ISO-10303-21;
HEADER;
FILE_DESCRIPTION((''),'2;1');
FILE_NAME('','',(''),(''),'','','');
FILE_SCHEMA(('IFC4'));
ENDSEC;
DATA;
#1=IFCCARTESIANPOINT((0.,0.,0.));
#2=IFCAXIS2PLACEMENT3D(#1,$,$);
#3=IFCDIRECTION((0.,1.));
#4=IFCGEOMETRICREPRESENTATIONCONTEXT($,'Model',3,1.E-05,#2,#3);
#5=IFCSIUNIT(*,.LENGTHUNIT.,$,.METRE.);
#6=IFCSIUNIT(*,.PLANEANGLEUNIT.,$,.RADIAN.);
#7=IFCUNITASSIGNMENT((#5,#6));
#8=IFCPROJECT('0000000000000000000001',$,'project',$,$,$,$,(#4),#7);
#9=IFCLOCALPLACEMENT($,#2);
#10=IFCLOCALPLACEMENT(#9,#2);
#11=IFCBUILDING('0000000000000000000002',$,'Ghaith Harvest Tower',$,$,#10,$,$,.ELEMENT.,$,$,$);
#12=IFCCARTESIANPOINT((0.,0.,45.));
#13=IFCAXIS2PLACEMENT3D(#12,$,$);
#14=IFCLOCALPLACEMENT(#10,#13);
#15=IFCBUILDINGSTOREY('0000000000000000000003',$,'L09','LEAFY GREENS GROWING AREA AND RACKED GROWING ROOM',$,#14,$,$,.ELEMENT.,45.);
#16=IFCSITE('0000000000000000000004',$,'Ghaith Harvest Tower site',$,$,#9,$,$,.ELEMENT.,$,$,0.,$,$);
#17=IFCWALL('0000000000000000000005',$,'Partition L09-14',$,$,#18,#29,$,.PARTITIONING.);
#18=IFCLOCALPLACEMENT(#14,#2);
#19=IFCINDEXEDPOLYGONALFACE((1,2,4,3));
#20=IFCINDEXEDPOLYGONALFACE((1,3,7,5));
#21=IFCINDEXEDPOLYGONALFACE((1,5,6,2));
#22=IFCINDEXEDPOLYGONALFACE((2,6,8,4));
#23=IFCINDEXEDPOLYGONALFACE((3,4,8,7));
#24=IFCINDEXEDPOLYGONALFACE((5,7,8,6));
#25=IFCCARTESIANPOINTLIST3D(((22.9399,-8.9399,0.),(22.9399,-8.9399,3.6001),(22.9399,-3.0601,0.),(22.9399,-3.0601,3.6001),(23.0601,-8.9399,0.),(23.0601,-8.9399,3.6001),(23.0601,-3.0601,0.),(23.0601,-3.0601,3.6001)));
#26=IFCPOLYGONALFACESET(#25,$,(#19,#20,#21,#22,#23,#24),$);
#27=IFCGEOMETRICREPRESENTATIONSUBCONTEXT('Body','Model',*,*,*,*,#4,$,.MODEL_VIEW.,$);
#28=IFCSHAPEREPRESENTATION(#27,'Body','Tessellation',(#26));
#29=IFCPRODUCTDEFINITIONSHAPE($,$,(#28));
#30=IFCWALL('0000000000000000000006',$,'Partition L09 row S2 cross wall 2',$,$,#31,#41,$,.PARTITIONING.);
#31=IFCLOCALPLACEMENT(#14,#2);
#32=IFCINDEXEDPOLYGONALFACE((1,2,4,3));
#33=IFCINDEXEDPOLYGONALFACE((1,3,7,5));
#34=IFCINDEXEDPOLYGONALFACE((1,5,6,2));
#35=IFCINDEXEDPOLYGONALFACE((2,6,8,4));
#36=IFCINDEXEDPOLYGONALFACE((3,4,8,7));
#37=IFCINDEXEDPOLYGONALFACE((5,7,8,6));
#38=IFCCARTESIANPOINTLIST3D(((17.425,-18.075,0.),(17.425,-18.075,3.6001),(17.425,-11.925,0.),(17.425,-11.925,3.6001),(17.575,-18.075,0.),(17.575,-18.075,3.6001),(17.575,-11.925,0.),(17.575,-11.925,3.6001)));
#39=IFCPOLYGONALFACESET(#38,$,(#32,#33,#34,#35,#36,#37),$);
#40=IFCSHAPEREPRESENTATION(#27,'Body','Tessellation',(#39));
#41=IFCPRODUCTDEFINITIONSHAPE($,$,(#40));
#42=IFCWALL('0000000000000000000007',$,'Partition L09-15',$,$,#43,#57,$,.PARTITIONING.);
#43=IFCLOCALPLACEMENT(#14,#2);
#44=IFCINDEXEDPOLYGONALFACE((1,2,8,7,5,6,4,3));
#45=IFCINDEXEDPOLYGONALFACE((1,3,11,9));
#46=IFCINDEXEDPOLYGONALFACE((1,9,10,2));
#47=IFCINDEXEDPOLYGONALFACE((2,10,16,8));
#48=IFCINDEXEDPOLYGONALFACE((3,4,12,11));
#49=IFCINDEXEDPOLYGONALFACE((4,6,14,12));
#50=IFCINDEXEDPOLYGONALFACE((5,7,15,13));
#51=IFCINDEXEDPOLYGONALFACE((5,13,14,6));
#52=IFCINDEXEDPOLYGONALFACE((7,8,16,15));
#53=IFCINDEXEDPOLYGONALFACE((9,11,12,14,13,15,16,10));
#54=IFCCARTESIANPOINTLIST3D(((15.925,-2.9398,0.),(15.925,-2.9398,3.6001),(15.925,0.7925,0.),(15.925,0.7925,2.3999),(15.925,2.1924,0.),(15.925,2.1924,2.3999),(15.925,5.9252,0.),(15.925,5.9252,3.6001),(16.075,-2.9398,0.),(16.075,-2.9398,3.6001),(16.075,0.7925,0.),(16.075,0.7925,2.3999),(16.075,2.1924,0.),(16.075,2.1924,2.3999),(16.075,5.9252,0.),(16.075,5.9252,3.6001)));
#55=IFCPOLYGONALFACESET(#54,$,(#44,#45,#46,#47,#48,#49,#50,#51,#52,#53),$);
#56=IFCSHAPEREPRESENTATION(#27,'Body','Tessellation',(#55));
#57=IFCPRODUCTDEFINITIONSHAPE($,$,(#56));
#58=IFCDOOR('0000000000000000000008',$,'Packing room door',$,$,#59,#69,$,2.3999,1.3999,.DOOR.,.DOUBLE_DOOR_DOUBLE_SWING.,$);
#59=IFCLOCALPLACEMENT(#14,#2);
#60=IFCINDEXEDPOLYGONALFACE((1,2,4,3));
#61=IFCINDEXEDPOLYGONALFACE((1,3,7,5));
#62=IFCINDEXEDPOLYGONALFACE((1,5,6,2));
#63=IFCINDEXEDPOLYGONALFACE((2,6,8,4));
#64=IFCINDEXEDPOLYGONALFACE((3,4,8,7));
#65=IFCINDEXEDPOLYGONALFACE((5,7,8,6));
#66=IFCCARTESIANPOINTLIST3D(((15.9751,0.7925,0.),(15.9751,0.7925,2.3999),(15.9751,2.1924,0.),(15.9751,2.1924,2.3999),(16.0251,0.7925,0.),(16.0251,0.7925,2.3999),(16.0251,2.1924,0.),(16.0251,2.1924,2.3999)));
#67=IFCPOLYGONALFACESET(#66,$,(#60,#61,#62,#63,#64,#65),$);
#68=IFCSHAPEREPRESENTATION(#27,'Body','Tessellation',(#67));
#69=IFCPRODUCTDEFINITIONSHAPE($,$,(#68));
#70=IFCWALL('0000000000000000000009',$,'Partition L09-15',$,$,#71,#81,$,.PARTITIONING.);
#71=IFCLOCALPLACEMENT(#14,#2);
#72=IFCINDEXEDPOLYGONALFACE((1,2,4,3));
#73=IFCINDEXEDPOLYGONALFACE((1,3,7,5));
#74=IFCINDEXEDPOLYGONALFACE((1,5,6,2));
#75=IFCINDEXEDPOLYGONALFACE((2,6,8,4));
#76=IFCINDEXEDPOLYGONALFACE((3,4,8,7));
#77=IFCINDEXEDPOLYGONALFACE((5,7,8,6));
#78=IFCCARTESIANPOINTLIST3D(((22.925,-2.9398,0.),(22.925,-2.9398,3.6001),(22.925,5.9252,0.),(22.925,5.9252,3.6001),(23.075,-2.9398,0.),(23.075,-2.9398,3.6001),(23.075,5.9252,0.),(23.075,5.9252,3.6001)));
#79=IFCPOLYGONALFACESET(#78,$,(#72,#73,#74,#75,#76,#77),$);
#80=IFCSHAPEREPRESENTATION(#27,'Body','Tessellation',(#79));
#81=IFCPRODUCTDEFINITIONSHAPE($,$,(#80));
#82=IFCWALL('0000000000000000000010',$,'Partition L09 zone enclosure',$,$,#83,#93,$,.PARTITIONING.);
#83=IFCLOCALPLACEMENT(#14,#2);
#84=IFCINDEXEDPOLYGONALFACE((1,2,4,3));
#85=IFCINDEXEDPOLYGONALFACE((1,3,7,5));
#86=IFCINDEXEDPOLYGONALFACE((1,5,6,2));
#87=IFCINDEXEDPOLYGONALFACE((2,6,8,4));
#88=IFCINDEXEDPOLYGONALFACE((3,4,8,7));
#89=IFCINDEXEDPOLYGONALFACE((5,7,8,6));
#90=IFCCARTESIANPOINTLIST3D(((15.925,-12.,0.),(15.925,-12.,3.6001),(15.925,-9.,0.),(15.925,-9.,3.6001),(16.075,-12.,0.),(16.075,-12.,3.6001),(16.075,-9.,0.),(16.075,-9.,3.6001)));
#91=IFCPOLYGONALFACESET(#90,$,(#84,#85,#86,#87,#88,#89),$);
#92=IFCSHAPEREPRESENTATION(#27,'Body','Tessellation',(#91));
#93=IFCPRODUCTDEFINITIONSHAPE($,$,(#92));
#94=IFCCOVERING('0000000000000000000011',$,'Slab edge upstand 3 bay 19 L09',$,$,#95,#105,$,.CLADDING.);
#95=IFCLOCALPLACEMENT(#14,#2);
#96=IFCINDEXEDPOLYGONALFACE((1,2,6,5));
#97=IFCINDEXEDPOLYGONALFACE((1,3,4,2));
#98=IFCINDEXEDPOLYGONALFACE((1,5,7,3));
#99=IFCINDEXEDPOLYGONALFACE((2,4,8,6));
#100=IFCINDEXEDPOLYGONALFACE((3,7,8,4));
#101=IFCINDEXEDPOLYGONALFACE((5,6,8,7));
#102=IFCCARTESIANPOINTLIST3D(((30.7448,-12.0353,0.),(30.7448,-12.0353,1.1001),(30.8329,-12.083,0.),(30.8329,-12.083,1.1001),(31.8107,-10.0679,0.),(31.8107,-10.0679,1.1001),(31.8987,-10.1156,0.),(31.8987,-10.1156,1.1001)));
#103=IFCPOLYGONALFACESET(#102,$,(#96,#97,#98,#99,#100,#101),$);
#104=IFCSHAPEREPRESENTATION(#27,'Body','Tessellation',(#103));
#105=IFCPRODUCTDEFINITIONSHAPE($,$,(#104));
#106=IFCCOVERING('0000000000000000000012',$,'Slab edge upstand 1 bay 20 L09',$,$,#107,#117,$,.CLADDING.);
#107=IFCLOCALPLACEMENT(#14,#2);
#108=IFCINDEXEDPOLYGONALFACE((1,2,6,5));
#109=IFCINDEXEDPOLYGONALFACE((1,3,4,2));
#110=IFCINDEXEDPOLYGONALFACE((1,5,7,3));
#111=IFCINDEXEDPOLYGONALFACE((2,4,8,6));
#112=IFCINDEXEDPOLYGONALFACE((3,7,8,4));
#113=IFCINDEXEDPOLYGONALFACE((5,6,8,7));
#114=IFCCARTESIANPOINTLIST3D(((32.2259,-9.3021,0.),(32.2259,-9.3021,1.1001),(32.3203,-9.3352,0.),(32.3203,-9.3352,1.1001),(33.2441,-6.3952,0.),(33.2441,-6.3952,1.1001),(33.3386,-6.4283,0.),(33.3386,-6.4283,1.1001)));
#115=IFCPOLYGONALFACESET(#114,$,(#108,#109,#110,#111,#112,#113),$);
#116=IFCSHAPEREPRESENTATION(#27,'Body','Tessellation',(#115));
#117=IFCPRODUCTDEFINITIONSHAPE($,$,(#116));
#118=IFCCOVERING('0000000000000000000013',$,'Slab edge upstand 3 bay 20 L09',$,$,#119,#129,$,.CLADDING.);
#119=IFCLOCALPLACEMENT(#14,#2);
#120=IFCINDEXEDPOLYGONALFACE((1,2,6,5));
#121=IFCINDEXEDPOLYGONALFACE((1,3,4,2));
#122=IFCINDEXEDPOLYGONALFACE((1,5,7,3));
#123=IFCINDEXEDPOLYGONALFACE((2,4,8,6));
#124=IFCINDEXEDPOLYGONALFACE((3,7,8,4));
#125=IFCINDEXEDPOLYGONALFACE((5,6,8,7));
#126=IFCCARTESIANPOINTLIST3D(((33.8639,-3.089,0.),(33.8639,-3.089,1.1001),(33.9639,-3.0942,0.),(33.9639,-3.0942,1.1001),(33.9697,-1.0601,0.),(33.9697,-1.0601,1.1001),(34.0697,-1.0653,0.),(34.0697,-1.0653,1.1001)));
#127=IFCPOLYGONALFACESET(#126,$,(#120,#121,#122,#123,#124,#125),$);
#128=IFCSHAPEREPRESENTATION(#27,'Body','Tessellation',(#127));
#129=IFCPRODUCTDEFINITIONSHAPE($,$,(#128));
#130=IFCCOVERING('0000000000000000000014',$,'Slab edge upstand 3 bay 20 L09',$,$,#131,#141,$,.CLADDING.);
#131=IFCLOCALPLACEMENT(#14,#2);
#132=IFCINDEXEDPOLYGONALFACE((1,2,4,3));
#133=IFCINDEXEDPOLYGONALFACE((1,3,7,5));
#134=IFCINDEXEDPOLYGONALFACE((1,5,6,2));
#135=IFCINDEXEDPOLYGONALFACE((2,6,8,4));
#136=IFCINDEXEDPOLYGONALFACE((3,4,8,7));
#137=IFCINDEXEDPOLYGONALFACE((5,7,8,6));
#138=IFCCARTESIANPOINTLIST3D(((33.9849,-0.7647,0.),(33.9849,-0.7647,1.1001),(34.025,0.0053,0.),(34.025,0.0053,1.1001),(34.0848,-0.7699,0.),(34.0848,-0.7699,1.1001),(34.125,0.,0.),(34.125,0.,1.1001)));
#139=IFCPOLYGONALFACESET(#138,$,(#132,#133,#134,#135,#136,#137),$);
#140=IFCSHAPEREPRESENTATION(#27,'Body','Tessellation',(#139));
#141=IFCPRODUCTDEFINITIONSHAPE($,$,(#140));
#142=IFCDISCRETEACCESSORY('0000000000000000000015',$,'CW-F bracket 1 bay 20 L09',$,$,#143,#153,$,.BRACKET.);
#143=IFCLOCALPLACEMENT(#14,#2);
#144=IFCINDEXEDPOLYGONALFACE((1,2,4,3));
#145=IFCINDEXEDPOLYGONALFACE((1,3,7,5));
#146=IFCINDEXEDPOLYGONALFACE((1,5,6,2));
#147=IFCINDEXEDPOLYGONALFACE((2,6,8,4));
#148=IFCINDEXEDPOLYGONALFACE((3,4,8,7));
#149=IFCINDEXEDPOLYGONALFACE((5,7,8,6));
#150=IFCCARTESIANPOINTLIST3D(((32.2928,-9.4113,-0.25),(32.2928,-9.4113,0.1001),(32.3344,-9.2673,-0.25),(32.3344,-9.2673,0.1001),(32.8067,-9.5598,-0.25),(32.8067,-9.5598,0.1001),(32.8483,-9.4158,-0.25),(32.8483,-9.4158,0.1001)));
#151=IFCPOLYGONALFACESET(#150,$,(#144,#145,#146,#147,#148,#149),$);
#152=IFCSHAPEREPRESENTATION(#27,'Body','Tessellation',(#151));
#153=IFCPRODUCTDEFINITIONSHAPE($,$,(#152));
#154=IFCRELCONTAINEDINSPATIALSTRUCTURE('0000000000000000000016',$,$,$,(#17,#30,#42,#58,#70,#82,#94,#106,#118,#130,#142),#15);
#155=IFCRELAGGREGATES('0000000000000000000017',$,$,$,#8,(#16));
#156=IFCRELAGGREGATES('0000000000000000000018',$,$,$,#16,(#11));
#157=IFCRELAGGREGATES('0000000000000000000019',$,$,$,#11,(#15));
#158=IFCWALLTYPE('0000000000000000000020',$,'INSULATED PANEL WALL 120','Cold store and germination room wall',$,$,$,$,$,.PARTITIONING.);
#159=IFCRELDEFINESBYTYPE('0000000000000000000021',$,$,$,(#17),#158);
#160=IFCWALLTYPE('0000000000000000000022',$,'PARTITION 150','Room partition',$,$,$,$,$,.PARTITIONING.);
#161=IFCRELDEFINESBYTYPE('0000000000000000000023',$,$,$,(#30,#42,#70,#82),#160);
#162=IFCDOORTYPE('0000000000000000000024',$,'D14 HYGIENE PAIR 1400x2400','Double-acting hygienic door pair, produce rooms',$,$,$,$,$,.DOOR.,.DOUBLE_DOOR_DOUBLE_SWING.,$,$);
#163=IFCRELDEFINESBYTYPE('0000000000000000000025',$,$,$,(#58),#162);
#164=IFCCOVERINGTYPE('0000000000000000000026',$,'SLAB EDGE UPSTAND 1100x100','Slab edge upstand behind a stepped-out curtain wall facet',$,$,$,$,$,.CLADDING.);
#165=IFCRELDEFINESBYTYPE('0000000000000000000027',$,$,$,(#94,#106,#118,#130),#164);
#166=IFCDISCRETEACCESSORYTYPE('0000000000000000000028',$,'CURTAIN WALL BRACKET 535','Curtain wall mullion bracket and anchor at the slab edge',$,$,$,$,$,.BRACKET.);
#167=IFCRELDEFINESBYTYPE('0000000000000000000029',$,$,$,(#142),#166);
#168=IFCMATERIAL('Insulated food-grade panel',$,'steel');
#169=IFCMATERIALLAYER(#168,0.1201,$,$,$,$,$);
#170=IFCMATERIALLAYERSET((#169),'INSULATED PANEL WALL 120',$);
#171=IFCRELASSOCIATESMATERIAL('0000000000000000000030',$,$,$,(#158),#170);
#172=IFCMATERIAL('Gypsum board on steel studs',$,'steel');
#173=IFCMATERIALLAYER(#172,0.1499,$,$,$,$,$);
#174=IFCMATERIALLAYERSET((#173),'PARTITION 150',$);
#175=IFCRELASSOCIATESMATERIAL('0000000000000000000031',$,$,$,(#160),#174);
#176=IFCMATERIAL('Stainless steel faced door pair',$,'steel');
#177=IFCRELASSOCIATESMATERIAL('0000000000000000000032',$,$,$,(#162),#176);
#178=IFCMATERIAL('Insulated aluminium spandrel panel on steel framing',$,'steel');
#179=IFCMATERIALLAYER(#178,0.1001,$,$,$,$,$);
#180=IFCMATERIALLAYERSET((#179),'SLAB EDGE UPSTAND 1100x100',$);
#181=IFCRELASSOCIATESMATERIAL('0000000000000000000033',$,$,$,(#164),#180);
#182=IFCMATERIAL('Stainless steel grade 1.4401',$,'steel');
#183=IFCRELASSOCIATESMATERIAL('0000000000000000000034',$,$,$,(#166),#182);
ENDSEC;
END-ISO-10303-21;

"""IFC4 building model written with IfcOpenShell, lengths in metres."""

from ifc_helpers import new_model, si_unit, direction, frame, frame_2d, origin, origin_2d, place, context, subcontext, project, spatial, rectangle, extrude, material, layer, layer_set, type_object, element, fill, save


model = new_model("IFC4")

# Units and contexts
model_context = context("Model", 3, precision=1e-05, world=origin(), true_north=direction((0.0, 1.0)))
body_context = subcontext(model_context, "Body", "Model", "MODEL_VIEW")
ifc_project = project(units=[si_unit("LENGTHUNIT", "METRE"), si_unit("PLANEANGLEUNIT", "RADIAN")], contexts=[model_context])

# Site, building, storey
site_placement = place(None, origin())
site = spatial("IfcSite", under=ifc_project, at=site_placement, Name="Ghaith Harvest Tower site", CompositionType="ELEMENT", RefElevation=0.0)
building_placement = place(site_placement, origin())
building = spatial("IfcBuilding", under=site, at=building_placement, Name="Ghaith Harvest Tower", CompositionType="ELEMENT")
storey_placement = place(building_placement, frame((0.0, 0.0, 45.0)))
storey = spatial("IfcBuildingStorey", under=building, at=storey_placement, Name="L09", Description="LEAFY GREENS GROWING AREA AND RACKED GROWING ROOM", CompositionType="ELEMENT", Elevation=45.0)

# Shared definitions
ifc_material_1 = material(Name="Insulated food-grade panel", Category="steel")
ifc_layer_1 = layer(ifc_material_1, 0.1201)
ifc_layer_set_1 = layer_set([ifc_layer_1], Name="INSULATED PANEL WALL 120")
wall_type_1 = type_object("IfcWallType", Name="INSULATED PANEL WALL 120", Description="Cold store and germination room wall", PredefinedType="PARTITIONING", material=ifc_layer_set_1)

# Walls
wall_1_placement = place(storey_placement, frame((23.0, -8.9399, 0.0), z_axis=(0.0, 0.0, 1.0), x_axis=(0.0, 1.0, 0.0)))
element("IfcWall", 1, at=wall_1_placement, inside=storey, type_object=wall_type_1, Name="Partition L09-14", PredefinedType="PARTITIONING", context=body_context, shape_type="SweptSolid", body=[
    extrude(rectangle(XDim=5.8799, YDim=0.1201, at=frame_2d((2.9399, 0.0))), origin(), (0.0, 0.0, 1.0), 3.6001),
])
ifc_material_2 = material(Name="Gypsum board on steel studs", Category="steel")
ifc_layer_2 = layer(ifc_material_2, 0.1499)
ifc_layer_set_2 = layer_set([ifc_layer_2], Name="PARTITION 150")
wall_type_2 = type_object("IfcWallType", Name="PARTITION 150", Description="Room partition", PredefinedType="PARTITIONING", material=ifc_layer_set_2)
wall_2_placement = place(storey_placement, frame((17.5, -11.925, 0.0), z_axis=(0.0, 0.0, 1.0), x_axis=(0.0, -1.0, 0.0)))
element("IfcWall", 2, at=wall_2_placement, inside=storey, type_object=wall_type_2, Name="Partition L09 row S2 cross wall 2", PredefinedType="PARTITIONING", context=body_context, shape_type="SweptSolid", body=[
    extrude(rectangle(XDim=6.1499, YDim=0.1499, at=frame_2d((3.075, 0.0))), origin(), (0.0, 0.0, 1.0), 3.6001),
])

# Wall, opening, door
wall_3_placement = place(storey_placement, frame((16.0, -2.9399, 0.0), z_axis=(0.0, 0.0, 1.0), x_axis=(0.0, 1.0, 0.0)))
wall_3 = element("IfcWall", 3, at=wall_3_placement, inside=storey, type_object=wall_type_2, Name="Partition L09-15", PredefinedType="PARTITIONING", context=body_context, shape_type="SweptSolid", body=[
    extrude(rectangle(XDim=8.865, YDim=0.1499, at=frame_2d((4.4326, 0.0))), origin(), (0.0, 0.0, 1.0), 3.6001),
])
opening_1_placement = place(wall_3_placement, frame((3.7324, 0.0, 0.0)))
opening_1 = element("IfcOpeningElement", 4, at=opening_1_placement, cuts=wall_3, PredefinedType="OPENING", context=body_context, shape_type="SweptSolid", body=[
    extrude(rectangle(XDim=1.3999, YDim=2.3999, at=frame_2d((0.7, 1.2))), frame((0.0, 0.085, 0.0), z_axis=(0.0, -1.0, 0.0), x_axis=(1.0, 0.0, 0.0)), (0.0, 0.0, 1.0), 0.1699),
])
ifc_material_3 = material(Name="Stainless steel faced door pair", Category="steel")
door_type_1 = type_object("IfcDoorType", Name="D14 HYGIENE PAIR 1400x2400", Description="Double-acting hygienic door pair, produce rooms", OperationType="DOUBLE_DOOR_DOUBLE_SWING", PredefinedType="DOOR", material=ifc_material_3)
door_1_placement = place(opening_1_placement, origin())
door_1 = element("IfcDoor", 5, at=door_1_placement, inside=storey, type_object=door_type_1, Name="Packing room door", OperationType="DOUBLE_DOOR_DOUBLE_SWING", OverallHeight=2.3999, OverallWidth=1.3999, PredefinedType="DOOR", context=body_context, shape_type="SweptSolid", body=[
    extrude(rectangle(XDim=1.3999, YDim=2.3999, at=frame_2d((0.7, 1.2))), frame((0.0, 0.0249, 0.0), z_axis=(0.0, -1.0, 0.0), x_axis=(1.0, 0.0, 0.0)), (0.0, 0.0, 1.0), 0.05),
])
fill(opening_1, door_1)

# Walls
wall_4_placement = place(storey_placement, frame((23.0, -2.9399, 0.0), z_axis=(0.0, 0.0, 1.0), x_axis=(0.0, 1.0, 0.0)))
element("IfcWall", 6, at=wall_4_placement, inside=storey, type_object=wall_type_2, Name="Partition L09-15", PredefinedType="PARTITIONING", context=body_context, shape_type="SweptSolid", body=[
    extrude(rectangle(XDim=8.865, YDim=0.1499, at=frame_2d((4.4326, 0.0))), origin(), (0.0, 0.0, 1.0), 3.6001),
])
wall_5_placement = place(storey_placement, frame((16.0, -12.0, 0.0), z_axis=(0.0, 0.0, 1.0), x_axis=(0.0, 1.0, 0.0)))
element("IfcWall", 7, at=wall_5_placement, inside=storey, type_object=wall_type_2, Name="Partition L09 zone enclosure", PredefinedType="PARTITIONING", context=body_context, shape_type="SweptSolid", body=[
    extrude(rectangle(XDim=3.0, YDim=0.1499, at=frame_2d((1.5, 0.0))), origin(), (0.0, 0.0, 1.0), 3.6001),
])

# Coverings
ifc_material_4 = material(Name="Insulated aluminium spandrel panel on steel framing", Category="steel")
ifc_layer_3 = layer(ifc_material_4, 0.1001)
ifc_layer_set_3 = layer_set([ifc_layer_3], Name="SLAB EDGE UPSTAND 1100x100")
covering_type = type_object("IfcCoveringType", Name="SLAB EDGE UPSTAND 1100x100", Description="Slab edge upstand behind a stepped-out curtain wall facet", PredefinedType="CLADDING", material=ifc_layer_set_3)
covering_1_placement = place(storey_placement, frame((31.3218, -11.0754, 0.0), z_axis=(0.0, 0.0, 1.0), x_axis=(0.476349, 0.879256, 0.0)))
element("IfcCovering", 8, at=covering_1_placement, inside=storey, type_object=covering_type, Name="Slab edge upstand 3 bay 19 L09", PredefinedType="CLADDING", context=body_context, shape_type="SweptSolid", body=[
    extrude(rectangle(XDim=2.2375, YDim=0.1001, at=origin_2d()), origin(), (0.0, 0.0, 1.0), 1.1001),
])
covering_2_placement = place(storey_placement, frame((32.7822, -7.8652, 0.0), z_axis=(0.0, 0.0, 1.0), x_axis=(0.330598, 0.943772, 0.0)))
element("IfcCovering", 9, at=covering_2_placement, inside=storey, type_object=covering_type, Name="Slab edge upstand 1 bay 20 L09", PredefinedType="CLADDING", context=body_context, shape_type="SweptSolid", body=[
    extrude(rectangle(XDim=3.0801, YDim=0.1001, at=origin_2d()), origin(), (0.0, 0.0, 1.0), 1.1001),
])
covering_3_placement = place(storey_placement, frame((33.9668, -2.0771, 0.0), z_axis=(0.0, 0.0, 1.0), x_axis=(0.052049, 0.998645, 0.0)))
element("IfcCovering", 10, at=covering_3_placement, inside=storey, type_object=covering_type, Name="Slab edge upstand 3 bay 20 L09", PredefinedType="CLADDING", context=body_context, shape_type="SweptSolid", body=[
    extrude(rectangle(XDim=2.0317, YDim=0.1001, at=origin_2d()), origin(), (0.0, 0.0, 1.0), 1.1001),
])
covering_4_placement = place(storey_placement, frame((34.0549, -0.3823, 0.0), z_axis=(0.0, 0.0, 1.0), x_axis=(0.052049, 0.998645, 0.0)))
element("IfcCovering", 11, at=covering_4_placement, inside=storey, type_object=covering_type, Name="Slab edge upstand 3 bay 20 L09", PredefinedType="CLADDING", context=body_context, shape_type="SweptSolid", body=[
    extrude(rectangle(XDim=0.771, YDim=0.1001, at=origin_2d()), origin(), (0.0, 0.0, 1.0), 1.1001),
])

# Discrete accessory
ifc_material_5 = material(Name="Stainless steel grade 1.4401", Category="steel")
discrete_accessory_type = type_object("IfcDiscreteAccessoryType", Name="CURTAIN WALL BRACKET 535", Description="Curtain wall mullion bracket and anchor at the slab edge", PredefinedType="BRACKET", material=ifc_material_5)
discrete_accessory_placement = place(storey_placement, frame((32.5706, -9.4136, -0.25), z_axis=(0.0, 0.0, 1.0), x_axis=(0.96068, -0.277657, 0.0)))
element("IfcDiscreteAccessory", 12, at=discrete_accessory_placement, inside=storey, type_object=discrete_accessory_type, Name="CW-F bracket 1 bay 20 L09", PredefinedType="BRACKET", context=body_context, shape_type="SweptSolid", body=[
    extrude(rectangle(XDim=0.5349, YDim=0.1499, at=origin_2d()), origin(), (0.0, 0.0, 1.0), 0.3501),
])

save(model, "model.ifc")
